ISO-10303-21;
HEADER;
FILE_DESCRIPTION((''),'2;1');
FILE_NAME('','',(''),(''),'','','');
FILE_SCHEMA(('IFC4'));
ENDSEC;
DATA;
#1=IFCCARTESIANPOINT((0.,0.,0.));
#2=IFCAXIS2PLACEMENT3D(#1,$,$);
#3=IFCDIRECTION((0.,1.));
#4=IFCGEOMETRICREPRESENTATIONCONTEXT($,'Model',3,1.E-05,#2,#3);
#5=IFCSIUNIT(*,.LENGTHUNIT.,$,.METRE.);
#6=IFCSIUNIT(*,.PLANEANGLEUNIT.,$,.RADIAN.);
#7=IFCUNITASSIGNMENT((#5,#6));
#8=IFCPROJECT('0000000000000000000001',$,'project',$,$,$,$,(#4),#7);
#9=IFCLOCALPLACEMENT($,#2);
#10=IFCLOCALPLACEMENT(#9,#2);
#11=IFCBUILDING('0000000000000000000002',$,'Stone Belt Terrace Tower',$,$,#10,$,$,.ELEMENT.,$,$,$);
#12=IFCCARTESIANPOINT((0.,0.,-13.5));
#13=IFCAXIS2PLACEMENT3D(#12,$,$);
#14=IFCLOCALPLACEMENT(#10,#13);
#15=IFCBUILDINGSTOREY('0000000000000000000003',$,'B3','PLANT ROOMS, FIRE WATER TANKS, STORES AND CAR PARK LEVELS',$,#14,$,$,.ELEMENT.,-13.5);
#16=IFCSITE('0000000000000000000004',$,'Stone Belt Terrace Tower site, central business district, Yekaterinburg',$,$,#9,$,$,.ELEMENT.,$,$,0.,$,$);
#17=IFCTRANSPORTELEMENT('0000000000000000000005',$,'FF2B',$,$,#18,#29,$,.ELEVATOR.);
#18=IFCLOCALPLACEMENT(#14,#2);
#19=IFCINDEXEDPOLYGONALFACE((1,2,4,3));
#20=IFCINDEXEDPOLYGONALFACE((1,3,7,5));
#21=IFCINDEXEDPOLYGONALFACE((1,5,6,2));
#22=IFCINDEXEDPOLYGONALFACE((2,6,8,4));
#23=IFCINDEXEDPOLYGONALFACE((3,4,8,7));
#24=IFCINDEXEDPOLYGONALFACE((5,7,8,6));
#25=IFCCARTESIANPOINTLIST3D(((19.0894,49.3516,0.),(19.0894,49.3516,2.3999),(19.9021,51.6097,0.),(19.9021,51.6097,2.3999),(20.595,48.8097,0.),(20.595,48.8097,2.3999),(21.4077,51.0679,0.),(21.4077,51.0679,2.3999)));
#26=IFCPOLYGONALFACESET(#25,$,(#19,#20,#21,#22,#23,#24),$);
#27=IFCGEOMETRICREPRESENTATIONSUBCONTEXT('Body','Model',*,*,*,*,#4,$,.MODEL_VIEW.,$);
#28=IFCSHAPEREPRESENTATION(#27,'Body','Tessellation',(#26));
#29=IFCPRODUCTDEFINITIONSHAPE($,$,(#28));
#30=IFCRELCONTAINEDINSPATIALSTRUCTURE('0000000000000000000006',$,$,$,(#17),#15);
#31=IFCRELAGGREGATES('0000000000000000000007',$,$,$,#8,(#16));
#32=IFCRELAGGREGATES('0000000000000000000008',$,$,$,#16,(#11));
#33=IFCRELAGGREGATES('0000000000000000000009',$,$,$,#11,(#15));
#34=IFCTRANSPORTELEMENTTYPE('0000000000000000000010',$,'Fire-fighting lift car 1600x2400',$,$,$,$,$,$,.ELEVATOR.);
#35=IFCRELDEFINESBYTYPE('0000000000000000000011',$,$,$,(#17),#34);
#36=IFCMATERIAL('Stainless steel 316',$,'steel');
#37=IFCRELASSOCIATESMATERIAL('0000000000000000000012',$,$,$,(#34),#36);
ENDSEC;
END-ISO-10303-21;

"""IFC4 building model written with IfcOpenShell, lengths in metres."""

from ifc_helpers import new_model, si_unit, direction, frame, origin, origin_2d, place, context, subcontext, project, spatial, rectangle, extrude, material, type_object, element, save


model = new_model("IFC4")

# Units and contexts
model_context = context("Model", 3, precision=1e-05, world=origin(), true_north=direction((0.0, 1.0)))
body_context = subcontext(model_context, "Body", "Model", "MODEL_VIEW")
ifc_project = project(units=[si_unit("LENGTHUNIT", "METRE"), si_unit("PLANEANGLEUNIT", "RADIAN")], contexts=[model_context])

# Site, building, storey
site_placement = place(None, origin())
site = spatial("IfcSite", under=ifc_project, at=site_placement, Name="Stone Belt Terrace Tower site, central business district, Yekaterinburg", CompositionType="ELEMENT", RefElevation=0.0)
building_placement = place(site_placement, origin())
building = spatial("IfcBuilding", under=site, at=building_placement, Name="Stone Belt Terrace Tower", CompositionType="ELEMENT")
storey_placement = place(building_placement, frame((0.0, 0.0, -13.5)))
storey = spatial("IfcBuildingStorey", under=building, at=storey_placement, Name="B3", Description="PLANT ROOMS, FIRE WATER TANKS, STORES AND CAR PARK LEVELS", CompositionType="ELEMENT", Elevation=-13.5)

# Transport element
ifc_material_1 = material(Name="Stainless steel 316", Category="steel")
transport_element_type = type_object("IfcTransportElementType", Name="Fire-fighting lift car 1600x2400", PredefinedType="ELEVATOR", material=ifc_material_1)
for number, where, z_axis, x_axis, name in (
    (1, (20.2485, 50.2097, 0.0), (0.0, 0.0, 1.0), (-0.940922, 0.338625, 0.0), "FF2B"),
):
    element("IfcTransportElement", number, at=place(storey_placement, frame(where, z_axis=z_axis, x_axis=x_axis)), inside=storey, type_object=transport_element_type, Name=name, PredefinedType="ELEVATOR", context=body_context, shape_type="SweptSolid", body=[
        extrude(rectangle(XDim=1.6001, YDim=2.3999, at=origin_2d()), origin(), (0.0, 0.0, 1.0), 2.3999),
    ])

save(model, "model.ifc")
